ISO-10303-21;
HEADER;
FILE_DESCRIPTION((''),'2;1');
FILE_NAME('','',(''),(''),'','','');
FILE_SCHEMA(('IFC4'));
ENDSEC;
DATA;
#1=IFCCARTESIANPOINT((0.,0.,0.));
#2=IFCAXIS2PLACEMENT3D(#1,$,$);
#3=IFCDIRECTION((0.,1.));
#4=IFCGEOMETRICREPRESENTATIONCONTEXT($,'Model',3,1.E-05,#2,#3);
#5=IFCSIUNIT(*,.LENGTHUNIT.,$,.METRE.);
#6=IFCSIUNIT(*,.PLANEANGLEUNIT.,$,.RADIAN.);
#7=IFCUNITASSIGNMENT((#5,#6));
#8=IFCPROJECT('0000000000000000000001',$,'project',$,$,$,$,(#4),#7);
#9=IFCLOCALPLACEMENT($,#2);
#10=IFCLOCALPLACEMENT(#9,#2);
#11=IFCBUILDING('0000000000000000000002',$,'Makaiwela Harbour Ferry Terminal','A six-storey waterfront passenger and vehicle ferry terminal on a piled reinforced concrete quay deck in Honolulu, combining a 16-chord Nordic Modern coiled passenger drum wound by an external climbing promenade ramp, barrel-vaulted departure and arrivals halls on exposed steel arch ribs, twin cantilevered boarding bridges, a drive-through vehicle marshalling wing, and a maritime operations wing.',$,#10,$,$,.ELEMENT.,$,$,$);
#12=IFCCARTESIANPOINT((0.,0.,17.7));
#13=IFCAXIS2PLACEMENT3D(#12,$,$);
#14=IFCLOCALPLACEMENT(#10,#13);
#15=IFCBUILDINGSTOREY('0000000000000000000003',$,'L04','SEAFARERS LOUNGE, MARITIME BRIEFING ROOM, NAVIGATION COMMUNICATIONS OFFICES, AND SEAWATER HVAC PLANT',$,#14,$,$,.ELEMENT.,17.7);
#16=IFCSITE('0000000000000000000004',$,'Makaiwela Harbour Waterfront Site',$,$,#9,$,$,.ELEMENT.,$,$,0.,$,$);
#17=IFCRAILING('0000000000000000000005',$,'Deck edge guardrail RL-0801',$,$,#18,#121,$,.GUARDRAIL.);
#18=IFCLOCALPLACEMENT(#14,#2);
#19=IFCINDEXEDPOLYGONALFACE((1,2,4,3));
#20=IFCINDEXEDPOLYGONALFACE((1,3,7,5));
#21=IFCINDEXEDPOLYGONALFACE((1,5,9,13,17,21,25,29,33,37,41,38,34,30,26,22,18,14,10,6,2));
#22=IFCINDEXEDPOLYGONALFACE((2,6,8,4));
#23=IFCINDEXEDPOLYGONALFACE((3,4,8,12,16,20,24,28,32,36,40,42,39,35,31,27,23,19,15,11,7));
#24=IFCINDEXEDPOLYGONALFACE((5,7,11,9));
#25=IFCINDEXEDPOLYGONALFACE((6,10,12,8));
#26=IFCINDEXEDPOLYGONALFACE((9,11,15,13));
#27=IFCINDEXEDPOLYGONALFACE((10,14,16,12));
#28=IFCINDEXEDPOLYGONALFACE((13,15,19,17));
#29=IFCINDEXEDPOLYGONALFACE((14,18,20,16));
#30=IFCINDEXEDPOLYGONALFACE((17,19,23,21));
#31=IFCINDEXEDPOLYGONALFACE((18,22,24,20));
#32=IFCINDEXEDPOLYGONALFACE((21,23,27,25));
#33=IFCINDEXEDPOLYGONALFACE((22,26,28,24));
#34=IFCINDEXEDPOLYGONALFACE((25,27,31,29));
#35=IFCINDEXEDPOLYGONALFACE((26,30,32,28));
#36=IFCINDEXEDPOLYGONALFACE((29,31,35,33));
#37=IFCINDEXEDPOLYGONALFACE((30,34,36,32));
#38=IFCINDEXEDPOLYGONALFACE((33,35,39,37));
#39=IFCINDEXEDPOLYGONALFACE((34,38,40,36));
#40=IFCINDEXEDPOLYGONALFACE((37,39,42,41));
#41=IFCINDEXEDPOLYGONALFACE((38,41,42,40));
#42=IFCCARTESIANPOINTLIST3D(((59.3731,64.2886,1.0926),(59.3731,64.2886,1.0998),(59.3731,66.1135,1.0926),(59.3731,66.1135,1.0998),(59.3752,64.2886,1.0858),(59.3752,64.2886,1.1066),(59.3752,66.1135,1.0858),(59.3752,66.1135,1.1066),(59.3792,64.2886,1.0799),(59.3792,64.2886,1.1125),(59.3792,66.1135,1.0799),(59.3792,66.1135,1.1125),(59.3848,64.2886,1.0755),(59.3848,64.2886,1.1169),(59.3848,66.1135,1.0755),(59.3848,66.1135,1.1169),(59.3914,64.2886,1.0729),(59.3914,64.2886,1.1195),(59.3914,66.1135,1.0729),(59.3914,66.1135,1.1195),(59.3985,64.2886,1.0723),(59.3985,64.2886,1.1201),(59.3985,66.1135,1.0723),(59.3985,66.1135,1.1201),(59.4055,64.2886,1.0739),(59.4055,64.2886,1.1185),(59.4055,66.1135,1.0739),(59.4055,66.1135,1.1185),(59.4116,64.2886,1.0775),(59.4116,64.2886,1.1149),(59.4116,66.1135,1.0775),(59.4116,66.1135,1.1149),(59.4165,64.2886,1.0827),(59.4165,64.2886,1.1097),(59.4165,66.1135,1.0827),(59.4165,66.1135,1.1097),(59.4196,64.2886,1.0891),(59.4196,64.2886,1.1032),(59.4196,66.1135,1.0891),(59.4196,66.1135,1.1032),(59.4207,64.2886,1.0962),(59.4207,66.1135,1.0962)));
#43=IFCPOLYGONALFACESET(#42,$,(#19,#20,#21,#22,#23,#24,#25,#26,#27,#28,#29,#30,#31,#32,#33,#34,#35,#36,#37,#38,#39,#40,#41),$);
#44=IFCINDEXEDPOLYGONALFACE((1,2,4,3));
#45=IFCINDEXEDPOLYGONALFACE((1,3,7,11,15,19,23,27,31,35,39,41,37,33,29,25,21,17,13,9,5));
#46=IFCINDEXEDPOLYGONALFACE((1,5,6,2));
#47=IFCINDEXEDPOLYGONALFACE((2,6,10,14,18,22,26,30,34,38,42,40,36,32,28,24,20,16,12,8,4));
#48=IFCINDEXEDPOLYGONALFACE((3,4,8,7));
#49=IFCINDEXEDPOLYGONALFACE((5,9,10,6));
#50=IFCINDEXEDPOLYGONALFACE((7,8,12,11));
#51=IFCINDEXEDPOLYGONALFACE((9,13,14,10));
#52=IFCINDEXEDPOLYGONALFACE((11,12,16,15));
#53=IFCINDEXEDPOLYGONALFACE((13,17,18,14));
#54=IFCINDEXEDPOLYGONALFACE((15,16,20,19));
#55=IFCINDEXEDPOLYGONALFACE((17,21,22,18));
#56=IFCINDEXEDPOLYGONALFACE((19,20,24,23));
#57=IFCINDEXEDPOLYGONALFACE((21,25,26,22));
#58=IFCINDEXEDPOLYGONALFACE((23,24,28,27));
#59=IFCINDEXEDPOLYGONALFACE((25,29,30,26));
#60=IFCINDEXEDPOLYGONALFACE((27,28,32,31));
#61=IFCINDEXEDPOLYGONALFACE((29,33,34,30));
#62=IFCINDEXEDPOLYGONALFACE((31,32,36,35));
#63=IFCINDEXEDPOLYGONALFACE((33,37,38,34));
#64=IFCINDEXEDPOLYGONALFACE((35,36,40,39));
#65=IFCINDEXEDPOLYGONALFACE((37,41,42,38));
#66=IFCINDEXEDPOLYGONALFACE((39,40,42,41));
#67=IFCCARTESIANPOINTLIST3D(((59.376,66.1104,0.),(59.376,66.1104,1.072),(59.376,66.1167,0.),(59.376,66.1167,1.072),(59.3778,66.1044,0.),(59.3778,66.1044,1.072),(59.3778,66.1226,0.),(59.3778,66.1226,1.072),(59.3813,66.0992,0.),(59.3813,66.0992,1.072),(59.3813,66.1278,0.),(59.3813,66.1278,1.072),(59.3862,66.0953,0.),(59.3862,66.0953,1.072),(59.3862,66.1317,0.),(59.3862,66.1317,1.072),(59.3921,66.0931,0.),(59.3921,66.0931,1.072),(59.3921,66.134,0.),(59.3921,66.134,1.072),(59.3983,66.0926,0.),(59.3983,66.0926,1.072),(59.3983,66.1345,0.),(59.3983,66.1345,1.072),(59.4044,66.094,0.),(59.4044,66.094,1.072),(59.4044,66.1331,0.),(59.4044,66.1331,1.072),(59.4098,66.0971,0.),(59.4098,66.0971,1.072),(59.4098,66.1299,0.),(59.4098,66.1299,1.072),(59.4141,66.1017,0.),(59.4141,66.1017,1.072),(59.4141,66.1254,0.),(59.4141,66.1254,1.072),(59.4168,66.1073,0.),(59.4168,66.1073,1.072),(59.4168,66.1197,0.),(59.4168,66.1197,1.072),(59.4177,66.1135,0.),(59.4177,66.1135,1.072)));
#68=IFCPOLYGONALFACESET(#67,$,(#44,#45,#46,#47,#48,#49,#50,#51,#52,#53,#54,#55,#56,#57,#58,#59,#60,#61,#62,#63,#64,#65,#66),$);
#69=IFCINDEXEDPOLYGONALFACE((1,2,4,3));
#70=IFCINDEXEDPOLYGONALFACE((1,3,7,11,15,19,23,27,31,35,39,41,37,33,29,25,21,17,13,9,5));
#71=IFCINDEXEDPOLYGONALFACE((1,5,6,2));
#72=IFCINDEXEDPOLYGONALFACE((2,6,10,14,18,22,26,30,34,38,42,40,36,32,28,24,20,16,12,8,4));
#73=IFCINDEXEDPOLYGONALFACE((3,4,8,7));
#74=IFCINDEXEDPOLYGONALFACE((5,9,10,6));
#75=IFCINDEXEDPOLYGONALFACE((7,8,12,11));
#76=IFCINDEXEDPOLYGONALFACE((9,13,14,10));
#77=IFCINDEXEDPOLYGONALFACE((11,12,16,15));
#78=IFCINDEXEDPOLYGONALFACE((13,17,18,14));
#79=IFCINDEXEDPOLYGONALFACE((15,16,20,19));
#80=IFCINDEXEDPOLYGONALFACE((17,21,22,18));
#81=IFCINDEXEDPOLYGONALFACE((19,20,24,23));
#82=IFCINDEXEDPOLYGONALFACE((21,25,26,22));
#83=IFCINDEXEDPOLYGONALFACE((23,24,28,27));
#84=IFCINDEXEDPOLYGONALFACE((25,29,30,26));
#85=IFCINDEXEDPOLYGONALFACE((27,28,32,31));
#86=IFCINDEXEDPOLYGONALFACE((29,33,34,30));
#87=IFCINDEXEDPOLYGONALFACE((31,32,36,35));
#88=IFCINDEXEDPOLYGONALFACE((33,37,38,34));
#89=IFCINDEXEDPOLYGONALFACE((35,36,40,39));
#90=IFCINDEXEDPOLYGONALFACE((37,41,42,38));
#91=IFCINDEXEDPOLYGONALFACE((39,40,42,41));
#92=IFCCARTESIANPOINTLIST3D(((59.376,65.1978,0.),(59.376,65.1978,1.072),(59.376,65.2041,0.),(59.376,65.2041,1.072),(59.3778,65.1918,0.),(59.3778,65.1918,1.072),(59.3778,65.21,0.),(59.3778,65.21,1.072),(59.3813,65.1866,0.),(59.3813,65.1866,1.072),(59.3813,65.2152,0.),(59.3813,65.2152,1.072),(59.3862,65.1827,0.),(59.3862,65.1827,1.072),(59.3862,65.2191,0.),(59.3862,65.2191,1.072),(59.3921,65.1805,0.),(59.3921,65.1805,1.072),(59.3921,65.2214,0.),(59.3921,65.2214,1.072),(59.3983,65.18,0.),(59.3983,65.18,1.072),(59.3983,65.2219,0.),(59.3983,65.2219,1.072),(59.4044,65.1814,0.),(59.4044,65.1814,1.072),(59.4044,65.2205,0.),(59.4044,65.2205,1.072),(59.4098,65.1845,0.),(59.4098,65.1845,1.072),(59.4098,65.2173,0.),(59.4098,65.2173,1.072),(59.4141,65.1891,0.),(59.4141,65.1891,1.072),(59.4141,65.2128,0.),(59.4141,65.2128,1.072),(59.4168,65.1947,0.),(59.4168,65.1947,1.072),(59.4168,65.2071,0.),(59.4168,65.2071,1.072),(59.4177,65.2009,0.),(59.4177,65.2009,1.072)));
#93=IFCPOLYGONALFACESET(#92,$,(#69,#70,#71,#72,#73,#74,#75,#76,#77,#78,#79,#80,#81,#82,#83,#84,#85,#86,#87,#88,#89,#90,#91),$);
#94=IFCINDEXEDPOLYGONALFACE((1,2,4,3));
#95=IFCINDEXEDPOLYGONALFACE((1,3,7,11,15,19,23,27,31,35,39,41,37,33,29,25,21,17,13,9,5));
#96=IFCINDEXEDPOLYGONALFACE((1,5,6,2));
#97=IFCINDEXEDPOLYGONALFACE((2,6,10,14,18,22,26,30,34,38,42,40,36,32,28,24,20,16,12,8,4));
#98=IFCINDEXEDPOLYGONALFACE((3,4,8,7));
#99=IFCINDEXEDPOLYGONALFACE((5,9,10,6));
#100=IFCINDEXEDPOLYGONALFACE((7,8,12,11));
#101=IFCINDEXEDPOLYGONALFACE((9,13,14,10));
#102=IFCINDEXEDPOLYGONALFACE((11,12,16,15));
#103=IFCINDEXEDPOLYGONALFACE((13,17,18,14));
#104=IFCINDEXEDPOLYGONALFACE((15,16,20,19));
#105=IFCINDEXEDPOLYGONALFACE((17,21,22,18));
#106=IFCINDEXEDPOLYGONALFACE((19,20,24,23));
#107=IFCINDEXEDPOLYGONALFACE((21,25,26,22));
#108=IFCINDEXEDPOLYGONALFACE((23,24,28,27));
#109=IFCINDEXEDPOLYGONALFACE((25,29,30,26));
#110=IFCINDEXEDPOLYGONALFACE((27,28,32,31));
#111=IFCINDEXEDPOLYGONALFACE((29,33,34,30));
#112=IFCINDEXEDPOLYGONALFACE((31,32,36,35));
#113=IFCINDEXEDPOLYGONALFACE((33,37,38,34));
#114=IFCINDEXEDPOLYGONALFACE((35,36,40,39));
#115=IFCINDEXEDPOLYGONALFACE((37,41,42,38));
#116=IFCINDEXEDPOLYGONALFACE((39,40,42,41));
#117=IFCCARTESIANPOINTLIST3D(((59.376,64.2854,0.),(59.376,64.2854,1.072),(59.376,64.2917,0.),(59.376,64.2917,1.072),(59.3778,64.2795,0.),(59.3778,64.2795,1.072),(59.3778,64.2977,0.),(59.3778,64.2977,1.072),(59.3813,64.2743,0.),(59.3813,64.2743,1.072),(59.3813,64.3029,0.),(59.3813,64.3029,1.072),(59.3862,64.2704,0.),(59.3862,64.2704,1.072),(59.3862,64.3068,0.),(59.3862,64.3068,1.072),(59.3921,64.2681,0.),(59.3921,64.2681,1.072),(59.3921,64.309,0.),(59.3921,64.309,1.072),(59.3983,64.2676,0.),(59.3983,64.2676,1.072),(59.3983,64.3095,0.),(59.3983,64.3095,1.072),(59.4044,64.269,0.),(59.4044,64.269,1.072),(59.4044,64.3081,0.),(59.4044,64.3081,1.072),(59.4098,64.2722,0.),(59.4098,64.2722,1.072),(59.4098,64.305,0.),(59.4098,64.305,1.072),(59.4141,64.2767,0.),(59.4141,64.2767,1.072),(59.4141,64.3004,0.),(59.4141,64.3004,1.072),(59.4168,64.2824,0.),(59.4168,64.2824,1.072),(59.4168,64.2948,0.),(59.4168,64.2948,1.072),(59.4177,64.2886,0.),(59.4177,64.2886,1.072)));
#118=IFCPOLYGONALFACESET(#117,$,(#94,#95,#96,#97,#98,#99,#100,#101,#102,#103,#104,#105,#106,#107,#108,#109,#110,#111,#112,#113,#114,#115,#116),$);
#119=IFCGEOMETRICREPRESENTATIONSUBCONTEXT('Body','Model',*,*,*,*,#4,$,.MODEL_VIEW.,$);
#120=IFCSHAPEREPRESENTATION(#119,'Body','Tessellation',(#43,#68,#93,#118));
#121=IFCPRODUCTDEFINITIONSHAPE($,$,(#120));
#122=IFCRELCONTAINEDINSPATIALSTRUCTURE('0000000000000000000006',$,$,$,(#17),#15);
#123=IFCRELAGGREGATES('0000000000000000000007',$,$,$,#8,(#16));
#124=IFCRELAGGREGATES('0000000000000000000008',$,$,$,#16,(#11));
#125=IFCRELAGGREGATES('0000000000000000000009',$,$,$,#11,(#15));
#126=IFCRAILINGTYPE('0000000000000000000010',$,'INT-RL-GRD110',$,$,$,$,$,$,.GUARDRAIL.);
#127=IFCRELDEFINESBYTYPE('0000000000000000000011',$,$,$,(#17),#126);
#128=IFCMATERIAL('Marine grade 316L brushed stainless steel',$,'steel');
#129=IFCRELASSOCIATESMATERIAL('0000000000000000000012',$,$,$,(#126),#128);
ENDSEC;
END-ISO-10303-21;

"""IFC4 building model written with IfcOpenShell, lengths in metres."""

from ifc_helpers import new_model, si_unit, direction, frame, origin, origin_2d, place, context, subcontext, project, spatial, circle, extrude, material, type_object, element, save


model = new_model("IFC4")

# Units and contexts
model_context = context("Model", 3, precision=1e-05, world=origin(), true_north=direction((0.0, 1.0)))
body_context = subcontext(model_context, "Body", "Model", "MODEL_VIEW")
ifc_project = project(units=[si_unit("LENGTHUNIT", "METRE"), si_unit("PLANEANGLEUNIT", "RADIAN")], contexts=[model_context])

# Site, building, storey
site_placement = place(None, origin())
site = spatial("IfcSite", under=ifc_project, at=site_placement, Name="Makaiwela Harbour Waterfront Site", CompositionType="ELEMENT", RefElevation=0.0)
building_placement = place(site_placement, origin())
building = spatial("IfcBuilding", under=site, at=building_placement, Name="Makaiwela Harbour Ferry Terminal", Description="A six-storey waterfront passenger and vehicle ferry terminal on a piled reinforced concrete quay deck in Honolulu, combining a 16-chord Nordic Modern coiled passenger drum wound by an external climbing promenade ramp, barrel-vaulted departure and arrivals halls on exposed steel arch ribs, twin cantilevered boarding bridges, a drive-through vehicle marshalling wing, and a maritime operations wing.", CompositionType="ELEMENT")
storey_placement = place(building_placement, frame((0.0, 0.0, 17.7)))
storey = spatial("IfcBuildingStorey", under=building, at=storey_placement, Name="L04", Description="SEAFARERS LOUNGE, MARITIME BRIEFING ROOM, NAVIGATION COMMUNICATIONS OFFICES, AND SEAWATER HVAC PLANT", CompositionType="ELEMENT", Elevation=17.7)

# Railing
ifc_material_1 = material(Name="Marine grade 316L brushed stainless steel", Category="steel")
railing_type_1 = type_object("IfcRailingType", Name="INT-RL-GRD110", PredefinedType="GUARDRAIL", material=ifc_material_1)
railing_1_placement = place(storey_placement, frame((59.3967, 66.1135, 0.0)))
element("IfcRailing", 1, at=railing_1_placement, inside=storey, type_object=railing_type_1, Name="Deck edge guardrail RL-0801", PredefinedType="GUARDRAIL", context=body_context, shape_type="SweptSolid", body=[
    extrude(circle(Radius=0.0239, at=origin_2d()), frame((0.0, 0.0, 1.0962), z_axis=(0.0, -1.0, 0.0), x_axis=(1.0, 0.0, 0.0)), (0.0, 0.0, 1.0), 1.825),
    extrude(circle(Radius=0.021, at=origin_2d()), origin(), (0.0, 0.0, 1.0), 1.072),
    extrude(circle(Radius=0.021, at=origin_2d()), frame((0.0, -0.9126, 0.0)), (0.0, 0.0, 1.0), 1.072),
    extrude(circle(Radius=0.021, at=origin_2d()), frame((0.0, -1.825, 0.0)), (0.0, 0.0, 1.0), 1.072),
])

save(model, "model.ifc")
